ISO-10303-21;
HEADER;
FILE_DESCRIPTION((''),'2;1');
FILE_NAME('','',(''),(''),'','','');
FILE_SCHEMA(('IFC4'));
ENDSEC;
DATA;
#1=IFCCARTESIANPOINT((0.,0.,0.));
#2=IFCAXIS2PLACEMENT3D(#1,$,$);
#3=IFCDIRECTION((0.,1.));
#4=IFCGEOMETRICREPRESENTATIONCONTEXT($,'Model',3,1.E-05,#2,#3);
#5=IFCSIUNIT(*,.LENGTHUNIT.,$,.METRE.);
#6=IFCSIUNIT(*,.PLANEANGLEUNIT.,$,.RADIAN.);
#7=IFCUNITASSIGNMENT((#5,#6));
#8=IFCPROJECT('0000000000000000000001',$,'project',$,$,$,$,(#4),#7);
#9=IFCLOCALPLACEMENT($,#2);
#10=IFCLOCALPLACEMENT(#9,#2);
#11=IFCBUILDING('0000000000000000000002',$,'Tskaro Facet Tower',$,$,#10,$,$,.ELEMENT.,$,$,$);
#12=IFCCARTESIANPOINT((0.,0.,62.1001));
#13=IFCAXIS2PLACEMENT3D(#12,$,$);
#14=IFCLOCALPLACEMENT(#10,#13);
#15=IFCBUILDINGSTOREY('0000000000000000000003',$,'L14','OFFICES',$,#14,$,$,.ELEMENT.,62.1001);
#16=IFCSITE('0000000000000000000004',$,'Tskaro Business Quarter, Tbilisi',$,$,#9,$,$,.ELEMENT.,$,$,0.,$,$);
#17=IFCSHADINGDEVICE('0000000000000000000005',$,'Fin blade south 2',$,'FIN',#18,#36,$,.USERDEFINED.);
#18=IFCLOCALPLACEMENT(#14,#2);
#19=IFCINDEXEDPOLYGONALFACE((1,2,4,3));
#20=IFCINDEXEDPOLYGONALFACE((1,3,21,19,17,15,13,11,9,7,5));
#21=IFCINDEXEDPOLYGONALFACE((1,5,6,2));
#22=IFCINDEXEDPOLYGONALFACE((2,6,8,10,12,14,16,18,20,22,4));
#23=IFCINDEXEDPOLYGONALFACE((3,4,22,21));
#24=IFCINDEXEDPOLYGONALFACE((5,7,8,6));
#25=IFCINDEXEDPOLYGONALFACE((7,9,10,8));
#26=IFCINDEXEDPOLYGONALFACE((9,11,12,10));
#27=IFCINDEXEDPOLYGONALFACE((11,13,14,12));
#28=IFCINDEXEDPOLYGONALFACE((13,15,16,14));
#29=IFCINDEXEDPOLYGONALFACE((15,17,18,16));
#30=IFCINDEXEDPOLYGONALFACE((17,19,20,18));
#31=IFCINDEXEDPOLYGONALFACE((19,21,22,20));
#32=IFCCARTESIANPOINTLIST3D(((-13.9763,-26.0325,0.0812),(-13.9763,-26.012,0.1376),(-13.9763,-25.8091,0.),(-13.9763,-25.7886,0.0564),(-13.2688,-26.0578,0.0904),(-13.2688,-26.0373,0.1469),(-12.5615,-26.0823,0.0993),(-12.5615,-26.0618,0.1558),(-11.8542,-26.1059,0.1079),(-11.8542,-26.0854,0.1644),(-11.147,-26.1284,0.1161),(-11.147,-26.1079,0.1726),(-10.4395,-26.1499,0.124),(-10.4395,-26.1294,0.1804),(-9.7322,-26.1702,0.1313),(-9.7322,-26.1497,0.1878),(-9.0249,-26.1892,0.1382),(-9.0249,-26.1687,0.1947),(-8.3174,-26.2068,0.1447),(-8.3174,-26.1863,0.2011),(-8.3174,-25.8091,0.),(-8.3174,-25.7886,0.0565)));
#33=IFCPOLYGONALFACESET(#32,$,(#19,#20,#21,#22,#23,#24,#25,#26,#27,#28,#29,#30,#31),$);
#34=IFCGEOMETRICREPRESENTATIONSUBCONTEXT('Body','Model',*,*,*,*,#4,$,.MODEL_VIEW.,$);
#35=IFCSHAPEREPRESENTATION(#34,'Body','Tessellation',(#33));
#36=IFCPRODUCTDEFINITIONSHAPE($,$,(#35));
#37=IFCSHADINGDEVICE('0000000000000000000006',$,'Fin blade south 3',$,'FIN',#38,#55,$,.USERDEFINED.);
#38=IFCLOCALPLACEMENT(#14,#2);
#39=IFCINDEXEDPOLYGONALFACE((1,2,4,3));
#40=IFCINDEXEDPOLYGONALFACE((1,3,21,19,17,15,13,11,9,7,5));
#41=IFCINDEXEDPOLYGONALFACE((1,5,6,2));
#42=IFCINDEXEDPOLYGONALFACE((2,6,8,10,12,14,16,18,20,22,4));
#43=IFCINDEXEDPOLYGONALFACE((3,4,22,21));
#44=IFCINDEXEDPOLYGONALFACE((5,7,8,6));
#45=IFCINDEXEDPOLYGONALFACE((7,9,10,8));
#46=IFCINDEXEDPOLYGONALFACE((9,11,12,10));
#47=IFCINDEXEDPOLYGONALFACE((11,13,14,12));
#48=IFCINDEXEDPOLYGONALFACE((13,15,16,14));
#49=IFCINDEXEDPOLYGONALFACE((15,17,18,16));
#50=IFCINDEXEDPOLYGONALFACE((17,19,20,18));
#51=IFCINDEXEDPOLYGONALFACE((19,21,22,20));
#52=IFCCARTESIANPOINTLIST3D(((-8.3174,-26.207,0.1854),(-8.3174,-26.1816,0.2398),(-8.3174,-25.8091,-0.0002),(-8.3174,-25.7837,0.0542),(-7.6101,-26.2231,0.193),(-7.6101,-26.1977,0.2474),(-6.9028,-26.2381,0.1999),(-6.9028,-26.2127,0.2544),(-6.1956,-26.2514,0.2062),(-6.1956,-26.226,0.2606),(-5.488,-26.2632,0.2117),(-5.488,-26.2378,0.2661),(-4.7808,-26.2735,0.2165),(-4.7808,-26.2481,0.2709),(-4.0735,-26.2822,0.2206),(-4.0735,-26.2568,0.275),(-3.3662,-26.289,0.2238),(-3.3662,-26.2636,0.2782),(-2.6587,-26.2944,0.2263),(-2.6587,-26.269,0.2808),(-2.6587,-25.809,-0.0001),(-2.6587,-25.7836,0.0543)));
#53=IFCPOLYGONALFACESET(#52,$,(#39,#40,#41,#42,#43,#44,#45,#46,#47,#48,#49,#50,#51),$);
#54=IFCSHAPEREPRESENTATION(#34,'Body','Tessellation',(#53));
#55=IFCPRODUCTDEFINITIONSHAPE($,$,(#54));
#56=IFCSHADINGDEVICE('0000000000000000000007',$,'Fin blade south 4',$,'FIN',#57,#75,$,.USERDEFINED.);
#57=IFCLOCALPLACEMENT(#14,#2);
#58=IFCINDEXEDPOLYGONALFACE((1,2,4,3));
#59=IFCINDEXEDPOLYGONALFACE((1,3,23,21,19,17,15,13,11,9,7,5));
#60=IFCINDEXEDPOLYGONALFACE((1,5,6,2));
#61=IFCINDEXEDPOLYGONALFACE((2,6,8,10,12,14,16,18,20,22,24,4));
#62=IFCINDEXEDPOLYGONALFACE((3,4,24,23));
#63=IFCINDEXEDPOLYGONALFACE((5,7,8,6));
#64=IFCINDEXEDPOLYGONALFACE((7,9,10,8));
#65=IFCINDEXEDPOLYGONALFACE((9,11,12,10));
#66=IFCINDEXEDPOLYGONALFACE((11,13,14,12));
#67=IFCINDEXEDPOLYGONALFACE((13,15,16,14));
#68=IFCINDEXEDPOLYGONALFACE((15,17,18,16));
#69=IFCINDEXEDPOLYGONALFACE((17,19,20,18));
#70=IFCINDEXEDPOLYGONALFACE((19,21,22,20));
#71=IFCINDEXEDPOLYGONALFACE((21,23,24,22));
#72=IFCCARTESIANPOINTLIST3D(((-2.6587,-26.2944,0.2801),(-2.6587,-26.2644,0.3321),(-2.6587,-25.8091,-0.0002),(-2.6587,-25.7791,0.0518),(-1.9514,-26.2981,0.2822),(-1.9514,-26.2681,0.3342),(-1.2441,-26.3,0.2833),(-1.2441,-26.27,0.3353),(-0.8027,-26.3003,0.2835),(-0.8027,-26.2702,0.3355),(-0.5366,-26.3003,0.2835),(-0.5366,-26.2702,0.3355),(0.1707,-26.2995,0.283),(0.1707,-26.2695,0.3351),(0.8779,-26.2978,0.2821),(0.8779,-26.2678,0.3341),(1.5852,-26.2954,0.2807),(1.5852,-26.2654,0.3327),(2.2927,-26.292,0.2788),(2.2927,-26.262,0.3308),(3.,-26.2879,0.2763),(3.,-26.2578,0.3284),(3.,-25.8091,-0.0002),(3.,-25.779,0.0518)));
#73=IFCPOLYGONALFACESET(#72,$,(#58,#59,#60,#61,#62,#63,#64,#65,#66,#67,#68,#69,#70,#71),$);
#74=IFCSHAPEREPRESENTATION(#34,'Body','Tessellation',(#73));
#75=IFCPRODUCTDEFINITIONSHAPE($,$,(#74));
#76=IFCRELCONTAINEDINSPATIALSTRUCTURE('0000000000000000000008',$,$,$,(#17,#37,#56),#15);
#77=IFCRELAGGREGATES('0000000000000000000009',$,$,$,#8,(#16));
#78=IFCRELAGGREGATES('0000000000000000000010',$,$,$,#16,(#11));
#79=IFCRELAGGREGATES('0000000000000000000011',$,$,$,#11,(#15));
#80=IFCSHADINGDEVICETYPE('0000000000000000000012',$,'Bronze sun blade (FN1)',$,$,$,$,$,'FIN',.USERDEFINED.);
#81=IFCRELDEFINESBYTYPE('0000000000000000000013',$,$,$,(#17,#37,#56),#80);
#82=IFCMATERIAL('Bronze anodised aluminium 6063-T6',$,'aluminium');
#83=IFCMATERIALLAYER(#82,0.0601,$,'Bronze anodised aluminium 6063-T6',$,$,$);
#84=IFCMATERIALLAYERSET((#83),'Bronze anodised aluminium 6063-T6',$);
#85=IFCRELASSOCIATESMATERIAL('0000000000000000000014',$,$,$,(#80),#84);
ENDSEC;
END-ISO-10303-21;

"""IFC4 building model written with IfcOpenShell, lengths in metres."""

from ifc_helpers import new_model, si_unit, direction, frame, origin, place, context, subcontext, project, spatial, polyline, outline, extrude, material, layer, layer_set, type_object, element, save


model = new_model("IFC4")

# Units and contexts
model_context = context("Model", 3, precision=1e-05, world=origin(), true_north=direction((0.0, 1.0)))
body_context = subcontext(model_context, "Body", "Model", "MODEL_VIEW")
ifc_project = project(units=[si_unit("LENGTHUNIT", "METRE"), si_unit("PLANEANGLEUNIT", "RADIAN")], contexts=[model_context])

# Site, building, storey
site_placement = place(None, origin())
site = spatial("IfcSite", under=ifc_project, at=site_placement, Name="Tskaro Business Quarter, Tbilisi", CompositionType="ELEMENT", RefElevation=0.0)
building_placement = place(site_placement, origin())
building = spatial("IfcBuilding", under=site, at=building_placement, Name="Tskaro Facet Tower", CompositionType="ELEMENT")
storey_placement = place(building_placement, frame((0.0, 0.0, 62.1001)))
storey = spatial("IfcBuildingStorey", under=building, at=storey_placement, Name="L14", Description="OFFICES", CompositionType="ELEMENT", Elevation=62.1001)

# Shared definitions
ifc_material_1 = material(Name="Bronze anodised aluminium 6063-T6", Category="aluminium")

# Shading devices
ifc_layer_1 = layer(ifc_material_1, 0.0601, Name="Bronze anodised aluminium 6063-T6")
ifc_layer_set_1 = layer_set([ifc_layer_1], Name="Bronze anodised aluminium 6063-T6")
shading_device_type = type_object("IfcShadingDeviceType", Name="Bronze sun blade (FN1)", ElementType="FIN", PredefinedType="USERDEFINED", material=ifc_layer_set_1)
shading_device_1_placement = place(storey_placement, frame((-13.9763, -25.7886, 0.0564), z_axis=(-0.000011, 0.341787, 0.939778), x_axis=(1.0, 0.000004, 0.00001)))
element("IfcShadingDevice", 1, at=shading_device_1_placement, inside=storey, type_object=shading_device_type, Name="Fin blade south 2", ObjectType="FIN", PredefinedType="USERDEFINED", context=body_context, shape_type="SweptSolid", body=[
    extrude(outline(polyline([(0.0, 0.0), (5.6589, 0.0), (5.6589, -0.4232), (4.9514, -0.4045), (4.2441, -0.3842), (3.5369, -0.3627), (2.8293, -0.3398), (2.1221, -0.3159), (1.4148, -0.2907), (0.7075, -0.2647), (0.0, -0.2377), (0.0, 0.0)])), origin(), (0.0, 0.0, -1.0), 0.0601),
])
shading_device_2_placement = place(storey_placement, frame((-8.3174, -25.7837, 0.0542), z_axis=(-0.000019, 0.422801, 0.906222), x_axis=(1.0, 0.000008, 0.000017)))
element("IfcShadingDevice", 2, at=shading_device_2_placement, inside=storey, type_object=shading_device_type, Name="Fin blade south 3", ObjectType="FIN", PredefinedType="USERDEFINED", context=body_context, shape_type="SweptSolid", body=[
    extrude(outline(polyline([(0.0, 0.0), (5.6587, 0.0), (5.6587, -0.5356), (4.9512, -0.5296), (4.2439, -0.5221), (3.5366, -0.5125), (2.8293, -0.5011), (2.1218, -0.4881), (1.4146, -0.4734), (0.7073, -0.4569), (0.0, -0.4391), (0.0, 0.0)])), origin(), (0.0, 0.0, -1.0), 0.0601),
])
shading_device_3_placement = place(storey_placement, frame((-2.6587, -25.7791, 0.0518), z_axis=(-0.000011, 0.500149, 0.86594), x_axis=(1.0, 0.000006, 0.00001)))
element("IfcShadingDevice", 3, at=shading_device_3_placement, inside=storey, type_object=shading_device_type, Name="Fin blade south 4", ObjectType="FIN", PredefinedType="USERDEFINED", context=body_context, shape_type="SweptSolid", body=[
    extrude(outline(polyline([(0.0, 0.0), (5.6587, 0.0), (5.6587, -0.5529), (4.9514, -0.5577), (4.2439, -0.5617), (3.5366, -0.5644), (2.8293, -0.5664), (2.1221, -0.5672), (1.856, -0.5672), (1.4146, -0.5669), (0.7073, -0.5647), (0.0, -0.5605), (0.0, 0.0)])), origin(), (0.0, 0.0, -1.0), 0.0601),
])

save(model, "model.ifc")
